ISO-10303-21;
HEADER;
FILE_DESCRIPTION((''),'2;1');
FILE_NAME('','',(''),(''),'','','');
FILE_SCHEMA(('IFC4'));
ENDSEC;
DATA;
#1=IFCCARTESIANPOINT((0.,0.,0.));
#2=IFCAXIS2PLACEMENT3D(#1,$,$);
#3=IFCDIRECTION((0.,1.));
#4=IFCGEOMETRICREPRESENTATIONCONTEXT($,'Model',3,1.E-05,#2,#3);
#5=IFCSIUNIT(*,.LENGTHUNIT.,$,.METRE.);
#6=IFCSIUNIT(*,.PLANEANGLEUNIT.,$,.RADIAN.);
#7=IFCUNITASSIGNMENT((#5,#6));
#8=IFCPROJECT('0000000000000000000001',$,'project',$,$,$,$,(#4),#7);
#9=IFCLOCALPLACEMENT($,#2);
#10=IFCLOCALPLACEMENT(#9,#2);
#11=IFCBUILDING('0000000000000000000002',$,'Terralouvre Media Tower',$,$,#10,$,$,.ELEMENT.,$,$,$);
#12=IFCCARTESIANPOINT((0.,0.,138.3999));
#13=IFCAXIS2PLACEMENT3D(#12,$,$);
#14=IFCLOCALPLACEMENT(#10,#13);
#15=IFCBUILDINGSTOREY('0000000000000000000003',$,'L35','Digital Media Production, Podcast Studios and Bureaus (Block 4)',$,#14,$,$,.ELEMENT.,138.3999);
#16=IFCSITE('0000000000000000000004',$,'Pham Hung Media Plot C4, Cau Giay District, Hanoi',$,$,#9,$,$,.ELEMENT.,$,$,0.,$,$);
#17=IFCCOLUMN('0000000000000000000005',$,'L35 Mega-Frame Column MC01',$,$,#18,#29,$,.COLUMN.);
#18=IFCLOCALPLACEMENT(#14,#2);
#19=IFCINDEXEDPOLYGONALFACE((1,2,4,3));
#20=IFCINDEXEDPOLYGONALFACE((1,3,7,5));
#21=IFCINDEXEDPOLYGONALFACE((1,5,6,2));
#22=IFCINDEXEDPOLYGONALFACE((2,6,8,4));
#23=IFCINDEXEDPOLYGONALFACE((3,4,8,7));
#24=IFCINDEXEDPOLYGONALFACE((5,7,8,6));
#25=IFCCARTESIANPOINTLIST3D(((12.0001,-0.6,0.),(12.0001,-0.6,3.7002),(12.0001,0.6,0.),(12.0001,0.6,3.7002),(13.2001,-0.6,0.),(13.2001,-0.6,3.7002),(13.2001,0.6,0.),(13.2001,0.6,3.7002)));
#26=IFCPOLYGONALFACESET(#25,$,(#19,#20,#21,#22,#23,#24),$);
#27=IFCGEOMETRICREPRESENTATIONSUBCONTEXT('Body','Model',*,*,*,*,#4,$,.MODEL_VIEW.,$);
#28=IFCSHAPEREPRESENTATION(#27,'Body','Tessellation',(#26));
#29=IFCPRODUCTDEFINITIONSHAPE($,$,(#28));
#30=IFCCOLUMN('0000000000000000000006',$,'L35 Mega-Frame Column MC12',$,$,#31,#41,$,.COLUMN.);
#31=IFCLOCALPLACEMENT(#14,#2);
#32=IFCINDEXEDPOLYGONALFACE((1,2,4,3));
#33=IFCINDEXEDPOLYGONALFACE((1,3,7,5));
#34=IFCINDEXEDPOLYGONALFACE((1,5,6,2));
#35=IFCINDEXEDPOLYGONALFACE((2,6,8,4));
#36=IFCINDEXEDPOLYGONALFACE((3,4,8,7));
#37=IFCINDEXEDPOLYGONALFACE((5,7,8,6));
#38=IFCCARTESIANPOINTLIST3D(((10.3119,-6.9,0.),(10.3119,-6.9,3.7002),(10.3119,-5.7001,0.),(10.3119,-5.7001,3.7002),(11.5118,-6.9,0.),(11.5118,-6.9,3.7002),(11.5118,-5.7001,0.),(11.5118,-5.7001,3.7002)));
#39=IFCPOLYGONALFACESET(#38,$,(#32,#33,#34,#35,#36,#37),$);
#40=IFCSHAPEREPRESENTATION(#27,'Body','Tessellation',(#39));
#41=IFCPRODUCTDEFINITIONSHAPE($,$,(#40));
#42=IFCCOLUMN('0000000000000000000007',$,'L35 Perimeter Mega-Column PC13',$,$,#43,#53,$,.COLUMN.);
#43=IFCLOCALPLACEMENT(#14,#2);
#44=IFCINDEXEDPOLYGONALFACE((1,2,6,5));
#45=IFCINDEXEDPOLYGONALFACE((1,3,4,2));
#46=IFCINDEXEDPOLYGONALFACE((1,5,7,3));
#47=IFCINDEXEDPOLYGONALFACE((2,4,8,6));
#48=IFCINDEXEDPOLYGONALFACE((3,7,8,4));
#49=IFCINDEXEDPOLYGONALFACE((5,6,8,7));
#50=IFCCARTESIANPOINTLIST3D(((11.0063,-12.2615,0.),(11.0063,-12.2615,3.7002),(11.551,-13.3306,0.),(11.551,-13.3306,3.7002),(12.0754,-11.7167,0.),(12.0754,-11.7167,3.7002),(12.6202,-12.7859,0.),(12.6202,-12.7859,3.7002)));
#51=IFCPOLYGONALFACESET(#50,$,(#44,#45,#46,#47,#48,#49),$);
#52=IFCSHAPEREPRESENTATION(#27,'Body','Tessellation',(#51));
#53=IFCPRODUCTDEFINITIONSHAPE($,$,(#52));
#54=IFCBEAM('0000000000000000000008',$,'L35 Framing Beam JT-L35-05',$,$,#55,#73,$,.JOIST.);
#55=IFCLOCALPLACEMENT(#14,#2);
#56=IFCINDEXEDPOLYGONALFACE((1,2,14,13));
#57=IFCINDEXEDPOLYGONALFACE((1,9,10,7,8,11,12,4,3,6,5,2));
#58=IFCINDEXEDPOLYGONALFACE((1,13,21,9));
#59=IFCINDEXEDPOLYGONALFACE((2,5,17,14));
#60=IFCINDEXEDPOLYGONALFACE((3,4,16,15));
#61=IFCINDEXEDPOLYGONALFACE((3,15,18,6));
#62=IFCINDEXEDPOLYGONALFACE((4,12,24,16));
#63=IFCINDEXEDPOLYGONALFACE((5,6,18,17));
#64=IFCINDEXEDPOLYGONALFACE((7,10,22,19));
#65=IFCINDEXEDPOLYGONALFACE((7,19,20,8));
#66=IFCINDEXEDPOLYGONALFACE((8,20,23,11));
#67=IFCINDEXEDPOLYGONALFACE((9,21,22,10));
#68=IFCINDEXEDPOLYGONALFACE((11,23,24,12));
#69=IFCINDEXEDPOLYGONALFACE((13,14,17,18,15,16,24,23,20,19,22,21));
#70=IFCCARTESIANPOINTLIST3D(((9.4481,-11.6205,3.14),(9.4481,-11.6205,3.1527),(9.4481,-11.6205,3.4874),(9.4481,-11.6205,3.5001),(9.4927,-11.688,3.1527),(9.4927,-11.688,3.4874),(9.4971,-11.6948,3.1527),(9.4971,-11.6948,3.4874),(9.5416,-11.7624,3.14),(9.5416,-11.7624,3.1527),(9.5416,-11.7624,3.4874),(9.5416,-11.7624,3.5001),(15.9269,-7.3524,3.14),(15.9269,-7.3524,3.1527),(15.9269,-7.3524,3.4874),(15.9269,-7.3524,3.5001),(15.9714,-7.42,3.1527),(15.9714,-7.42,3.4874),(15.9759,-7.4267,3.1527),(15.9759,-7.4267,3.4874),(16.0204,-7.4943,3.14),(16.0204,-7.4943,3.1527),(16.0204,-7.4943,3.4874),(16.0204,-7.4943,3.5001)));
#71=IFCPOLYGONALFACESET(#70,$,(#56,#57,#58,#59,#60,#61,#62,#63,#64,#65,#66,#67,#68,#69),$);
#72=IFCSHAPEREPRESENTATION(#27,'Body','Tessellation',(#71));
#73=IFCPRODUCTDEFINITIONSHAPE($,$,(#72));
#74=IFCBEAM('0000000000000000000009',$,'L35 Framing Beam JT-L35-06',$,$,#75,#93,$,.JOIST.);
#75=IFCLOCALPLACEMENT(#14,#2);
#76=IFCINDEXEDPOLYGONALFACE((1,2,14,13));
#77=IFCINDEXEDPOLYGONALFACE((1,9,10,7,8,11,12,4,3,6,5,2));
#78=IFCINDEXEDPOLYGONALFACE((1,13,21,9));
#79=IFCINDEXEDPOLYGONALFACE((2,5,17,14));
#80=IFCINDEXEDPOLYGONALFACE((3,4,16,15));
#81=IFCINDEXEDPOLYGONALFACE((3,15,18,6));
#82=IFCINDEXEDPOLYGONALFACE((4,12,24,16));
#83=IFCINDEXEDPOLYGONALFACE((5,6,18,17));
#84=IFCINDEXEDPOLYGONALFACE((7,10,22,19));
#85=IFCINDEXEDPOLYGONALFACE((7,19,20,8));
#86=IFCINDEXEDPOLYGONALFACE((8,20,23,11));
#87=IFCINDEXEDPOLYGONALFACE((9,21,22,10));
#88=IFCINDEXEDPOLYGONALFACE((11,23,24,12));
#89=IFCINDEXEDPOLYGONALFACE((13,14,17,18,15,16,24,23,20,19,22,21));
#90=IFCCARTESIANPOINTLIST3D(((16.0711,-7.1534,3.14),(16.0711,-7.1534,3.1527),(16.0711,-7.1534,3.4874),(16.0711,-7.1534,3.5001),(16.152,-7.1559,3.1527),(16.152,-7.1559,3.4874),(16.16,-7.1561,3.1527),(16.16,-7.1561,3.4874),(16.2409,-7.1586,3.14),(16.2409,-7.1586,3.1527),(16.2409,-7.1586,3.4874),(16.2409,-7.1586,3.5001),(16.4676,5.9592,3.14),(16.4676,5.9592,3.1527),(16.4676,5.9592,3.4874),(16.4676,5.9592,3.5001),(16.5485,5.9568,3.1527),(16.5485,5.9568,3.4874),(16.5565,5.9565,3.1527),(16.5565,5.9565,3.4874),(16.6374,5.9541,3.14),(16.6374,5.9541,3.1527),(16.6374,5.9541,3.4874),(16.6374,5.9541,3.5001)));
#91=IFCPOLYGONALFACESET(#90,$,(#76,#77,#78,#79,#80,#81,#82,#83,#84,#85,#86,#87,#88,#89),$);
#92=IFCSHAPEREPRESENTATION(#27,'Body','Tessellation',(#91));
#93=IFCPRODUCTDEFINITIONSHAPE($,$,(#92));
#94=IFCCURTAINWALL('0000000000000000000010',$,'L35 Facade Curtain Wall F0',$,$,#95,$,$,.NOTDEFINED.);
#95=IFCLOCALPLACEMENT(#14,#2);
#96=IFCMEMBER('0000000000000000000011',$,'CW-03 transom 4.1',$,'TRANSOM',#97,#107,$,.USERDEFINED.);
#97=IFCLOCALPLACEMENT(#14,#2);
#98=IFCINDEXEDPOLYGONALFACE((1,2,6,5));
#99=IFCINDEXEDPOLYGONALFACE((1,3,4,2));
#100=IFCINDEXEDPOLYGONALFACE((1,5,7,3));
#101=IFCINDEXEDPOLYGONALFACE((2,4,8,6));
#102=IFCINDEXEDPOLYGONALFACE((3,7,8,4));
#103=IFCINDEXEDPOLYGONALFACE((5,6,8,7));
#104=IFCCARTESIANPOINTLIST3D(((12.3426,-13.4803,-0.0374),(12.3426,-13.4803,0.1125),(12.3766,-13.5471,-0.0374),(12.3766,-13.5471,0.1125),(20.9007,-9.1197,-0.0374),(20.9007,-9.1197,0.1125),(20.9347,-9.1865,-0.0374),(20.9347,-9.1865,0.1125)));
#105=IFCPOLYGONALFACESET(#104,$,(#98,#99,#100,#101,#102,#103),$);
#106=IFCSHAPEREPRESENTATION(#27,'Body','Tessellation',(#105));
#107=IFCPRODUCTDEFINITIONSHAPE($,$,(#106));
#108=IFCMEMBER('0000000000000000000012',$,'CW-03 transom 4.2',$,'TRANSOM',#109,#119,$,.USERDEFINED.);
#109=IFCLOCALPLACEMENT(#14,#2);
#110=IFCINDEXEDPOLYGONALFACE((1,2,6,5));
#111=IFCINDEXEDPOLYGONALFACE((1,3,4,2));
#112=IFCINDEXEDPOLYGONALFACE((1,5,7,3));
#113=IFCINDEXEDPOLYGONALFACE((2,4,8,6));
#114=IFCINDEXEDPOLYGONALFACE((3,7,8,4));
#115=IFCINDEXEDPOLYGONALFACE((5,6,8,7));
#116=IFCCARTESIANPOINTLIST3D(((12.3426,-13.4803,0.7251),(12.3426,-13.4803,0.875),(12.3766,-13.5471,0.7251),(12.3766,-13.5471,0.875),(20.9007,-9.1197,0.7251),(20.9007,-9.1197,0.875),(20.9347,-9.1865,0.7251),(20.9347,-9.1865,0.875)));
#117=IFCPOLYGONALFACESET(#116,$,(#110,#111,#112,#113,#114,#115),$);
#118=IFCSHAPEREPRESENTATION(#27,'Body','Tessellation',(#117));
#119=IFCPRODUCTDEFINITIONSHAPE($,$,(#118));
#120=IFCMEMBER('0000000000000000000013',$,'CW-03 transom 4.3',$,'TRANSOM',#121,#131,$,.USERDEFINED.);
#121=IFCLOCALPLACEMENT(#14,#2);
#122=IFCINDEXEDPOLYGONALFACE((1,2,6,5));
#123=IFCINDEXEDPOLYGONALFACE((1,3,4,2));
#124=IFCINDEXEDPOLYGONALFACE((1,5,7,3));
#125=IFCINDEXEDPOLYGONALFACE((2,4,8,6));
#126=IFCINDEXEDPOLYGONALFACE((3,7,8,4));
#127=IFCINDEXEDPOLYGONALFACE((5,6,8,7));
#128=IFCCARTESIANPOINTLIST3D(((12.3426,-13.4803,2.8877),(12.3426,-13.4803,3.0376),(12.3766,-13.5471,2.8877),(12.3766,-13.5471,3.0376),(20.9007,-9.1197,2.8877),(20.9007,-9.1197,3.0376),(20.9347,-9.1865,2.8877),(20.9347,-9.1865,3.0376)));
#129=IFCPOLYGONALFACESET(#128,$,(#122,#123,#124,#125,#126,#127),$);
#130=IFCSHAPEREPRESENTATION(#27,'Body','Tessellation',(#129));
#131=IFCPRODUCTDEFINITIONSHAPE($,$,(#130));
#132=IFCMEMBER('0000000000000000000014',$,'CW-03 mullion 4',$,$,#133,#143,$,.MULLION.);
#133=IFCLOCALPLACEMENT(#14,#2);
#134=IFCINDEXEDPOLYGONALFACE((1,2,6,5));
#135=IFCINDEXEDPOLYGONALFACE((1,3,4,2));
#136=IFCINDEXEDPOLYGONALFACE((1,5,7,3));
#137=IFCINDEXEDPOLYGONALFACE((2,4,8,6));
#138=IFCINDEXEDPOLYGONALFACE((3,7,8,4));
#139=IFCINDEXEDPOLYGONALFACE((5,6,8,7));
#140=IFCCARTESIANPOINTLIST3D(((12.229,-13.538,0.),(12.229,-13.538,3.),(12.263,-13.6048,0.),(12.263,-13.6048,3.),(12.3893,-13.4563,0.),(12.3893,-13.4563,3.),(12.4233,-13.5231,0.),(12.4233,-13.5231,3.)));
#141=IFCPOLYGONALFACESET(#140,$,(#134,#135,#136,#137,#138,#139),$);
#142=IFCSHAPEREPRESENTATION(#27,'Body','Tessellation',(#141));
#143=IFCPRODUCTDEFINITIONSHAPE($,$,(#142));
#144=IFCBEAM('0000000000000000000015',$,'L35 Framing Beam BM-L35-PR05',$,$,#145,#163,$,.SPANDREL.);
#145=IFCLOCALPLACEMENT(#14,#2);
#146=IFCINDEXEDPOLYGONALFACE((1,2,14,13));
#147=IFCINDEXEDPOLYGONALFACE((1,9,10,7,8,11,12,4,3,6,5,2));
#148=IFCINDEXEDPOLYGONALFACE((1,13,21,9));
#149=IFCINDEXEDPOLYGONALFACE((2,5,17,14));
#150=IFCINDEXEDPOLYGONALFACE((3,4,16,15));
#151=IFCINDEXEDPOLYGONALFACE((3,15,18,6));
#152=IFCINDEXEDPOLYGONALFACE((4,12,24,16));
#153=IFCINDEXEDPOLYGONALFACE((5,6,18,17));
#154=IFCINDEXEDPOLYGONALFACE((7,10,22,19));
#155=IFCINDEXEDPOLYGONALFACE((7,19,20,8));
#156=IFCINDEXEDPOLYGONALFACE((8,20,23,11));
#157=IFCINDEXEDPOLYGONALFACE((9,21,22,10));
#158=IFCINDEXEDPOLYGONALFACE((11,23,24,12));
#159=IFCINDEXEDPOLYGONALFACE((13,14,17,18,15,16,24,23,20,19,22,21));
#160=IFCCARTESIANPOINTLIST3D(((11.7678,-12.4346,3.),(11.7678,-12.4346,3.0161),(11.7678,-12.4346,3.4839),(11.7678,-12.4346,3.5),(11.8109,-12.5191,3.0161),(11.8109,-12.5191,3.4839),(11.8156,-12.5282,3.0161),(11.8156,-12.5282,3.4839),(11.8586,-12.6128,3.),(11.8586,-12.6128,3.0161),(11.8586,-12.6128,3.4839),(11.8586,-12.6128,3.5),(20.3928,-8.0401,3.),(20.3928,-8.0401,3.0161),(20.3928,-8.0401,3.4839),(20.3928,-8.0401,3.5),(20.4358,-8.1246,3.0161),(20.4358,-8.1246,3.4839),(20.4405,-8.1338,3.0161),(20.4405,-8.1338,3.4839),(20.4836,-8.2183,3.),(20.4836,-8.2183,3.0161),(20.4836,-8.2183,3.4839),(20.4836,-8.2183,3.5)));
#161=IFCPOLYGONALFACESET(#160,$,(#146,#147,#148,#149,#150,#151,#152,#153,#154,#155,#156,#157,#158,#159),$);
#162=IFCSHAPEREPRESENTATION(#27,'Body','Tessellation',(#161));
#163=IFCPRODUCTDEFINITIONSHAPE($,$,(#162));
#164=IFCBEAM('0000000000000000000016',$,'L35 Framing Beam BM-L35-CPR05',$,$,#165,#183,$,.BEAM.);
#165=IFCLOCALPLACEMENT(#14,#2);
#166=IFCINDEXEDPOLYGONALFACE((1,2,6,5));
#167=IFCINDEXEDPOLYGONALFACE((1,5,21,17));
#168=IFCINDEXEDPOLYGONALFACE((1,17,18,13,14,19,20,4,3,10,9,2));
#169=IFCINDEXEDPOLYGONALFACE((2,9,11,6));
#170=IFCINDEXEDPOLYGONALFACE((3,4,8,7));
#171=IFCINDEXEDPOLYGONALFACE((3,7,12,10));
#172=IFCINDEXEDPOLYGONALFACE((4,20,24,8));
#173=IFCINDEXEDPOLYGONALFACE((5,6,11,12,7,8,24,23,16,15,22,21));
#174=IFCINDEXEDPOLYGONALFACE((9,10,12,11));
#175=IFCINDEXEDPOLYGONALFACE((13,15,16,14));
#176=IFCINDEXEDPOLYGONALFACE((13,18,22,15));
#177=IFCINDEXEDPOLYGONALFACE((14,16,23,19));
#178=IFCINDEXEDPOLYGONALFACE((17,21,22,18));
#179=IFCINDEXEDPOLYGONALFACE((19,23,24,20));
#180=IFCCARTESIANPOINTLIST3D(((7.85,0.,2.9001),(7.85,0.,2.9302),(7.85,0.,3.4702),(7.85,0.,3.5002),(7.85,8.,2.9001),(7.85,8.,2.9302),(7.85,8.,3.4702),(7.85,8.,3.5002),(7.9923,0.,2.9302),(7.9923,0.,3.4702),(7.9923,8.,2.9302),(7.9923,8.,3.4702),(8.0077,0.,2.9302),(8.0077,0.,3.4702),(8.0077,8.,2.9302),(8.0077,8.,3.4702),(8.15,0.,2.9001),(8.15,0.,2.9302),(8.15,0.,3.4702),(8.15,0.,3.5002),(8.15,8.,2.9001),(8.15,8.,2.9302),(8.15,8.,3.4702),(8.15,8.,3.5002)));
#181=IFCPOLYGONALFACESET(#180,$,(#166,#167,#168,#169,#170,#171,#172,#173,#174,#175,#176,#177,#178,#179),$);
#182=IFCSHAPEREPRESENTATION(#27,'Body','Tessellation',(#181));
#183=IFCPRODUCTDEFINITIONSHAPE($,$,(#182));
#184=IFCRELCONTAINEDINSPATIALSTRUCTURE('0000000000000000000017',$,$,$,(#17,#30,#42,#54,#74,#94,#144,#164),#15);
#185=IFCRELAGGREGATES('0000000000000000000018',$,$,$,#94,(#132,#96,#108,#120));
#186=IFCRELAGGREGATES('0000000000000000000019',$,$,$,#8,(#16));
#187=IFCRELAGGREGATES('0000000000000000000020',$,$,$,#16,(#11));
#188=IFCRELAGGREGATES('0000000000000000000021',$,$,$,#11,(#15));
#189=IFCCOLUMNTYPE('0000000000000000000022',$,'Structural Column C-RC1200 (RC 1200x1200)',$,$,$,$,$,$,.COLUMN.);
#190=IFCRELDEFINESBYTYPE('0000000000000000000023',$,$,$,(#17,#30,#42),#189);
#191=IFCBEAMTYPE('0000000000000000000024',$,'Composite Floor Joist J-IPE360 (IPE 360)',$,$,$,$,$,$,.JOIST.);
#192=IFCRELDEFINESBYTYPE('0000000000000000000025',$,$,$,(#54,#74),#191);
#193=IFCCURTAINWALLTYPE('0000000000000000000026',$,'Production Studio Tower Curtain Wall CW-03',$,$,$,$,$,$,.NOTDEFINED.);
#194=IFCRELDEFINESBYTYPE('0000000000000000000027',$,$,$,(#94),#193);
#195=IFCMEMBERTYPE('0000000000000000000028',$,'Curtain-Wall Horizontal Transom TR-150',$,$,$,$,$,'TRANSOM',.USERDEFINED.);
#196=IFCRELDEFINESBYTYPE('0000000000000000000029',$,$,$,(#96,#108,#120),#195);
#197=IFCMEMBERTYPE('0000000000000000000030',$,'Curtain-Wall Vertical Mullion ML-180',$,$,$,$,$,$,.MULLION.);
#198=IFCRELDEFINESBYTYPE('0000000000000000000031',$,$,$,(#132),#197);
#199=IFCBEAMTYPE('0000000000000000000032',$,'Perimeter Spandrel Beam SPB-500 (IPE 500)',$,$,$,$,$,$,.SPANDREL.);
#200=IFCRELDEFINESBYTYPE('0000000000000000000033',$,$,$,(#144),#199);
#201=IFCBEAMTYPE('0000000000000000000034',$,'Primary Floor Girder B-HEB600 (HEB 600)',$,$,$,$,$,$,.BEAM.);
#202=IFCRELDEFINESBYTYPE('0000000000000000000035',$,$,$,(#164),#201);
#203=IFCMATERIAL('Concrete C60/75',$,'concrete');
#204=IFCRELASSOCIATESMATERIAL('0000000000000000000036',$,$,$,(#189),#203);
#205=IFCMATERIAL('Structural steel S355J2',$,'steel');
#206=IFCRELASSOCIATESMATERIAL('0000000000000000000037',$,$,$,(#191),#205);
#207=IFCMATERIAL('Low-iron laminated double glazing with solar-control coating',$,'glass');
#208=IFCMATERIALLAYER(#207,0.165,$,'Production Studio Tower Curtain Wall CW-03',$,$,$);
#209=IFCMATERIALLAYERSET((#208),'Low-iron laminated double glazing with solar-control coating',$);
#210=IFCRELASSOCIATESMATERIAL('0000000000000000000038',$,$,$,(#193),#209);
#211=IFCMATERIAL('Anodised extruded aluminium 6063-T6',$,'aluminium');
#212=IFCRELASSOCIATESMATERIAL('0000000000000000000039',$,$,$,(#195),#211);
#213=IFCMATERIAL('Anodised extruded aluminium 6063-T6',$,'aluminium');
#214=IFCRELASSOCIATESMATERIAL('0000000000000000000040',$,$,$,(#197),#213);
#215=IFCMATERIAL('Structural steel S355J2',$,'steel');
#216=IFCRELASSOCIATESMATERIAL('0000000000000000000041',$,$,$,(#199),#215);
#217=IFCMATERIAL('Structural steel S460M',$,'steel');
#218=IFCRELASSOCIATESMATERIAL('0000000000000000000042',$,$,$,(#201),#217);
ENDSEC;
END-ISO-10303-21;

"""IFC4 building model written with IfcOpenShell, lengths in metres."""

from ifc_helpers import new_model, si_unit, direction, frame, origin, origin_2d, place, context, subcontext, project, spatial, rectangle, i_section, extrude, material, layer, layer_set, material_profile, profile_set, type_object, element, aggregate, save


model = new_model("IFC4")

# Units and contexts
model_context = context("Model", 3, precision=1e-05, world=origin(), true_north=direction((0.0, 1.0)))
body_context = subcontext(model_context, "Body", "Model", "MODEL_VIEW")
ifc_project = project(units=[si_unit("LENGTHUNIT", "METRE"), si_unit("PLANEANGLEUNIT", "RADIAN")], contexts=[model_context])

# Site, building, storey
site_placement = place(None, origin())
site = spatial("IfcSite", under=ifc_project, at=site_placement, Name="Pham Hung Media Plot C4, Cau Giay District, Hanoi", CompositionType="ELEMENT", RefElevation=0.0)
building_placement = place(site_placement, origin())
building = spatial("IfcBuilding", under=site, at=building_placement, Name="Terralouvre Media Tower", CompositionType="ELEMENT")
storey_placement = place(building_placement, frame((0.0, 0.0, 138.3999)))
storey = spatial("IfcBuildingStorey", under=building, at=storey_placement, Name="L35", Description="Digital Media Production, Podcast Studios and Bureaus (Block 4)", CompositionType="ELEMENT", Elevation=138.3999)

# Columns
ifc_material_1 = material(Name="Concrete C60/75", Category="concrete")
ifc_material_profile_1 = material_profile(ifc_material_1, rectangle(XDim=1.2, YDim=1.2, at=origin_2d()), Name="RC 1200x1200")
ifc_profile_set_1 = profile_set([ifc_material_profile_1], Name="Concrete C60/75")
column_type = type_object("IfcColumnType", Name="Structural Column C-RC1200 (RC 1200x1200)", PredefinedType="COLUMN", material=ifc_profile_set_1)
for number, where, z_axis, x_axis, name in (
    (1, (12.6001, 0.0, 0.0), (0.0, 0.0, 1.0), (1.0, 0.0, 0.0), "L35 Mega-Frame Column MC01"),
    (2, (10.9119, -6.3, 0.0), (0.0, 0.0, 1.0), (1.0, 0.0, 0.0), "L35 Mega-Frame Column MC12"),
    (3, (11.8132, -12.5237, 0.0), (0.0, 0.0, 1.0), (0.891007, 0.45399, 0.0), "L35 Perimeter Mega-Column PC13"),
):
    element("IfcColumn", number, at=place(storey_placement, frame(where, z_axis=z_axis, x_axis=x_axis)), inside=storey, type_object=column_type, Name=name, PredefinedType="COLUMN", context=body_context, shape_type="SweptSolid", body=[
        extrude(rectangle(XDim=1.2, YDim=1.2, at=origin_2d()), origin(), (0.0, 0.0, 1.0), 3.7002),
    ])

# Beams
ifc_material_2 = material(Name="Structural steel S355J2", Category="steel")
ifc_material_profile_2 = material_profile(ifc_material_2, i_section(OverallWidth=0.1699, OverallDepth=0.3601, WebThickness=0.0081, FlangeThickness=0.0127, at=origin_2d()), Name="IPE 360")
ifc_profile_set_2 = profile_set([ifc_material_profile_2], Name="Structural steel S355J2")
beam_type_1 = type_object("IfcBeamType", Name="Composite Floor Joist J-IPE360 (IPE 360)", PredefinedType="JOIST", material=ifc_profile_set_2)
beam_1_placement = place(storey_placement, frame((9.4949, -11.6914, 3.3201), z_axis=(0.835078, 0.550131, 0.0), x_axis=(-0.550131, 0.835078, 0.0)))
element("IfcBeam", 4, at=beam_1_placement, inside=storey, type_object=beam_type_1, Name="L35 Framing Beam JT-L35-05", PredefinedType="JOIST", context=body_context, shape_type="SweptSolid", body=[
    extrude(i_section(OverallWidth=0.1699, OverallDepth=0.3601, WebThickness=0.0081, FlangeThickness=0.0127, at=origin_2d()), origin(), (0.0, 0.0, 1.0), 7.7583),
])
beam_2_placement = place(storey_placement, frame((16.156, -7.156, 3.3201), z_axis=(0.030223, 0.999543, 0.0), x_axis=(-0.999543, 0.030223, 0.0)))
element("IfcBeam", 5, at=beam_2_placement, inside=storey, type_object=beam_type_1, Name="L35 Framing Beam JT-L35-06", PredefinedType="JOIST", context=body_context, shape_type="SweptSolid", body=[
    extrude(i_section(OverallWidth=0.1699, OverallDepth=0.3601, WebThickness=0.0081, FlangeThickness=0.0127, at=origin_2d()), origin(), (0.0, 0.0, 1.0), 13.1187),
])

# Curtain wall, members
ifc_material_3 = material(Name="Low-iron laminated double glazing with solar-control coating", Category="glass")
ifc_layer_1 = layer(ifc_material_3, 0.165, Name="Production Studio Tower Curtain Wall CW-03")
ifc_layer_set_1 = layer_set([ifc_layer_1], Name="Low-iron laminated double glazing with solar-control coating")
curtain_wall_type = type_object("IfcCurtainWallType", Name="Production Studio Tower Curtain Wall CW-03", PredefinedType="NOTDEFINED", material=ifc_layer_set_1)
curtain_wall_placement = place(storey_placement, origin())
curtain_wall = element("IfcCurtainWall", 6, at=curtain_wall_placement, inside=storey, type_object=curtain_wall_type, Name="L35 Facade Curtain Wall F0", PredefinedType="NOTDEFINED")
ifc_material_4 = material(Name="Anodised extruded aluminium 6063-T6", Category="aluminium")
ifc_material_profile_3 = material_profile(ifc_material_4, rectangle(XDim=0.075, YDim=0.1499, at=origin_2d()), Name="ALU 75x150")
ifc_profile_set_3 = profile_set([ifc_material_profile_3], Name="Anodised extruded aluminium 6063-T6")
member_type_1 = type_object("IfcMemberType", Name="Curtain-Wall Horizontal Transom TR-150", ElementType="TRANSOM", PredefinedType="USERDEFINED", material=ifc_profile_set_3)
member_1_placement = place(storey_placement, frame((12.3596, -13.5137, 0.0376), z_axis=(0.891006, 0.453992, 0.0), x_axis=(-0.453992, 0.891006, 0.0)))
member_1 = element("IfcMember", 7, at=member_1_placement, type_object=member_type_1, Name="CW-03 transom 4.1", ObjectType="TRANSOM", PredefinedType="USERDEFINED", context=body_context, shape_type="SweptSolid", body=[
    extrude(rectangle(XDim=0.075, YDim=0.1499, at=origin_2d()), origin(), (0.0, 0.0, 1.0), 9.605),
])
member_2_placement = place(storey_placement, frame((12.3596, -13.5137, 0.8), z_axis=(0.891006, 0.453992, 0.0), x_axis=(-0.453992, 0.891006, 0.0)))
member_2 = element("IfcMember", 8, at=member_2_placement, type_object=member_type_1, Name="CW-03 transom 4.2", ObjectType="TRANSOM", PredefinedType="USERDEFINED", context=body_context, shape_type="SweptSolid", body=[
    extrude(rectangle(XDim=0.075, YDim=0.1499, at=origin_2d()), origin(), (0.0, 0.0, 1.0), 9.605),
])
member_3_placement = place(storey_placement, frame((12.3596, -13.5137, 2.9626), z_axis=(0.891006, 0.453992, 0.0), x_axis=(-0.453992, 0.891006, 0.0)))
member_3 = element("IfcMember", 9, at=member_3_placement, type_object=member_type_1, Name="CW-03 transom 4.3", ObjectType="TRANSOM", PredefinedType="USERDEFINED", context=body_context, shape_type="SweptSolid", body=[
    extrude(rectangle(XDim=0.075, YDim=0.1499, at=origin_2d()), origin(), (0.0, 0.0, 1.0), 9.605),
])
ifc_material_5 = material(Name="Anodised extruded aluminium 6063-T6", Category="aluminium")
ifc_material_profile_4 = material_profile(ifc_material_5, rectangle(XDim=0.075, YDim=0.1799, at=origin_2d()), Name="ALU 75x180")
ifc_profile_set_4 = profile_set([ifc_material_profile_4], Name="Anodised extruded aluminium 6063-T6")
member_type_2 = type_object("IfcMemberType", Name="Curtain-Wall Vertical Mullion ML-180", PredefinedType="MULLION", material=ifc_profile_set_4)
member_4_placement = place(storey_placement, frame((12.3262, -13.5305, 0.0), z_axis=(0.0, 0.0, 1.0), x_axis=(-0.453991, 0.891007, 0.0)))
member_4 = element("IfcMember", 10, at=member_4_placement, type_object=member_type_2, Name="CW-03 mullion 4", PredefinedType="MULLION", context=body_context, shape_type="SweptSolid", body=[
    extrude(rectangle(XDim=0.075, YDim=0.1799, at=origin_2d()), origin(), (0.0, 0.0, 1.0), 3.0),
])

# Beams
ifc_material_6 = material(Name="Structural steel S355J2", Category="steel")
ifc_material_profile_5 = material_profile(ifc_material_6, i_section(OverallWidth=0.2, OverallDepth=0.5, WebThickness=0.0103, FlangeThickness=0.0161, at=origin_2d()), Name="IPE 500")
ifc_profile_set_5 = profile_set([ifc_material_profile_5], Name="Structural steel S355J2")
beam_type_2 = type_object("IfcBeamType", Name="Perimeter Spandrel Beam SPB-500 (IPE 500)", PredefinedType="SPANDREL", material=ifc_profile_set_5)
beam_3_placement = place(storey_placement, frame((11.8132, -12.5237, 3.25), z_axis=(0.891012, 0.45398, 0.0), x_axis=(-0.45398, 0.891012, 0.0)))
element("IfcBeam", 11, at=beam_3_placement, inside=storey, type_object=beam_type_2, Name="L35 Framing Beam BM-L35-PR05", PredefinedType="SPANDREL", context=body_context, shape_type="SweptSolid", body=[
    extrude(i_section(OverallWidth=0.2, OverallDepth=0.5, WebThickness=0.0103, FlangeThickness=0.0161, at=origin_2d()), origin(), (0.0, 0.0, 1.0), 9.6799),
])
ifc_material_7 = material(Name="Structural steel S460M", Category="steel")
ifc_material_profile_6 = material_profile(ifc_material_7, i_section(OverallWidth=0.3, OverallDepth=0.6001, WebThickness=0.0154, FlangeThickness=0.03, at=origin_2d()), Name="HEB 600")
ifc_profile_set_6 = profile_set([ifc_material_profile_6], Name="Structural steel S460M")
beam_type_3 = type_object("IfcBeamType", Name="Primary Floor Girder B-HEB600 (HEB 600)", PredefinedType="BEAM", material=ifc_profile_set_6)
beam_4_placement = place(storey_placement, frame((8.0, 0.0, 3.2002), z_axis=(0.0, 1.0, 0.0), x_axis=(-1.0, 0.0, 0.0)))
element("IfcBeam", 12, at=beam_4_placement, inside=storey, type_object=beam_type_3, Name="L35 Framing Beam BM-L35-CPR05", PredefinedType="BEAM", context=body_context, shape_type="SweptSolid", body=[
    extrude(i_section(OverallWidth=0.3, OverallDepth=0.6001, WebThickness=0.0154, FlangeThickness=0.03, at=origin_2d()), origin(), (0.0, 0.0, 1.0), 8.0),
])

aggregate(curtain_wall, [member_4, member_1, member_2, member_3])

save(model, "model.ifc")
